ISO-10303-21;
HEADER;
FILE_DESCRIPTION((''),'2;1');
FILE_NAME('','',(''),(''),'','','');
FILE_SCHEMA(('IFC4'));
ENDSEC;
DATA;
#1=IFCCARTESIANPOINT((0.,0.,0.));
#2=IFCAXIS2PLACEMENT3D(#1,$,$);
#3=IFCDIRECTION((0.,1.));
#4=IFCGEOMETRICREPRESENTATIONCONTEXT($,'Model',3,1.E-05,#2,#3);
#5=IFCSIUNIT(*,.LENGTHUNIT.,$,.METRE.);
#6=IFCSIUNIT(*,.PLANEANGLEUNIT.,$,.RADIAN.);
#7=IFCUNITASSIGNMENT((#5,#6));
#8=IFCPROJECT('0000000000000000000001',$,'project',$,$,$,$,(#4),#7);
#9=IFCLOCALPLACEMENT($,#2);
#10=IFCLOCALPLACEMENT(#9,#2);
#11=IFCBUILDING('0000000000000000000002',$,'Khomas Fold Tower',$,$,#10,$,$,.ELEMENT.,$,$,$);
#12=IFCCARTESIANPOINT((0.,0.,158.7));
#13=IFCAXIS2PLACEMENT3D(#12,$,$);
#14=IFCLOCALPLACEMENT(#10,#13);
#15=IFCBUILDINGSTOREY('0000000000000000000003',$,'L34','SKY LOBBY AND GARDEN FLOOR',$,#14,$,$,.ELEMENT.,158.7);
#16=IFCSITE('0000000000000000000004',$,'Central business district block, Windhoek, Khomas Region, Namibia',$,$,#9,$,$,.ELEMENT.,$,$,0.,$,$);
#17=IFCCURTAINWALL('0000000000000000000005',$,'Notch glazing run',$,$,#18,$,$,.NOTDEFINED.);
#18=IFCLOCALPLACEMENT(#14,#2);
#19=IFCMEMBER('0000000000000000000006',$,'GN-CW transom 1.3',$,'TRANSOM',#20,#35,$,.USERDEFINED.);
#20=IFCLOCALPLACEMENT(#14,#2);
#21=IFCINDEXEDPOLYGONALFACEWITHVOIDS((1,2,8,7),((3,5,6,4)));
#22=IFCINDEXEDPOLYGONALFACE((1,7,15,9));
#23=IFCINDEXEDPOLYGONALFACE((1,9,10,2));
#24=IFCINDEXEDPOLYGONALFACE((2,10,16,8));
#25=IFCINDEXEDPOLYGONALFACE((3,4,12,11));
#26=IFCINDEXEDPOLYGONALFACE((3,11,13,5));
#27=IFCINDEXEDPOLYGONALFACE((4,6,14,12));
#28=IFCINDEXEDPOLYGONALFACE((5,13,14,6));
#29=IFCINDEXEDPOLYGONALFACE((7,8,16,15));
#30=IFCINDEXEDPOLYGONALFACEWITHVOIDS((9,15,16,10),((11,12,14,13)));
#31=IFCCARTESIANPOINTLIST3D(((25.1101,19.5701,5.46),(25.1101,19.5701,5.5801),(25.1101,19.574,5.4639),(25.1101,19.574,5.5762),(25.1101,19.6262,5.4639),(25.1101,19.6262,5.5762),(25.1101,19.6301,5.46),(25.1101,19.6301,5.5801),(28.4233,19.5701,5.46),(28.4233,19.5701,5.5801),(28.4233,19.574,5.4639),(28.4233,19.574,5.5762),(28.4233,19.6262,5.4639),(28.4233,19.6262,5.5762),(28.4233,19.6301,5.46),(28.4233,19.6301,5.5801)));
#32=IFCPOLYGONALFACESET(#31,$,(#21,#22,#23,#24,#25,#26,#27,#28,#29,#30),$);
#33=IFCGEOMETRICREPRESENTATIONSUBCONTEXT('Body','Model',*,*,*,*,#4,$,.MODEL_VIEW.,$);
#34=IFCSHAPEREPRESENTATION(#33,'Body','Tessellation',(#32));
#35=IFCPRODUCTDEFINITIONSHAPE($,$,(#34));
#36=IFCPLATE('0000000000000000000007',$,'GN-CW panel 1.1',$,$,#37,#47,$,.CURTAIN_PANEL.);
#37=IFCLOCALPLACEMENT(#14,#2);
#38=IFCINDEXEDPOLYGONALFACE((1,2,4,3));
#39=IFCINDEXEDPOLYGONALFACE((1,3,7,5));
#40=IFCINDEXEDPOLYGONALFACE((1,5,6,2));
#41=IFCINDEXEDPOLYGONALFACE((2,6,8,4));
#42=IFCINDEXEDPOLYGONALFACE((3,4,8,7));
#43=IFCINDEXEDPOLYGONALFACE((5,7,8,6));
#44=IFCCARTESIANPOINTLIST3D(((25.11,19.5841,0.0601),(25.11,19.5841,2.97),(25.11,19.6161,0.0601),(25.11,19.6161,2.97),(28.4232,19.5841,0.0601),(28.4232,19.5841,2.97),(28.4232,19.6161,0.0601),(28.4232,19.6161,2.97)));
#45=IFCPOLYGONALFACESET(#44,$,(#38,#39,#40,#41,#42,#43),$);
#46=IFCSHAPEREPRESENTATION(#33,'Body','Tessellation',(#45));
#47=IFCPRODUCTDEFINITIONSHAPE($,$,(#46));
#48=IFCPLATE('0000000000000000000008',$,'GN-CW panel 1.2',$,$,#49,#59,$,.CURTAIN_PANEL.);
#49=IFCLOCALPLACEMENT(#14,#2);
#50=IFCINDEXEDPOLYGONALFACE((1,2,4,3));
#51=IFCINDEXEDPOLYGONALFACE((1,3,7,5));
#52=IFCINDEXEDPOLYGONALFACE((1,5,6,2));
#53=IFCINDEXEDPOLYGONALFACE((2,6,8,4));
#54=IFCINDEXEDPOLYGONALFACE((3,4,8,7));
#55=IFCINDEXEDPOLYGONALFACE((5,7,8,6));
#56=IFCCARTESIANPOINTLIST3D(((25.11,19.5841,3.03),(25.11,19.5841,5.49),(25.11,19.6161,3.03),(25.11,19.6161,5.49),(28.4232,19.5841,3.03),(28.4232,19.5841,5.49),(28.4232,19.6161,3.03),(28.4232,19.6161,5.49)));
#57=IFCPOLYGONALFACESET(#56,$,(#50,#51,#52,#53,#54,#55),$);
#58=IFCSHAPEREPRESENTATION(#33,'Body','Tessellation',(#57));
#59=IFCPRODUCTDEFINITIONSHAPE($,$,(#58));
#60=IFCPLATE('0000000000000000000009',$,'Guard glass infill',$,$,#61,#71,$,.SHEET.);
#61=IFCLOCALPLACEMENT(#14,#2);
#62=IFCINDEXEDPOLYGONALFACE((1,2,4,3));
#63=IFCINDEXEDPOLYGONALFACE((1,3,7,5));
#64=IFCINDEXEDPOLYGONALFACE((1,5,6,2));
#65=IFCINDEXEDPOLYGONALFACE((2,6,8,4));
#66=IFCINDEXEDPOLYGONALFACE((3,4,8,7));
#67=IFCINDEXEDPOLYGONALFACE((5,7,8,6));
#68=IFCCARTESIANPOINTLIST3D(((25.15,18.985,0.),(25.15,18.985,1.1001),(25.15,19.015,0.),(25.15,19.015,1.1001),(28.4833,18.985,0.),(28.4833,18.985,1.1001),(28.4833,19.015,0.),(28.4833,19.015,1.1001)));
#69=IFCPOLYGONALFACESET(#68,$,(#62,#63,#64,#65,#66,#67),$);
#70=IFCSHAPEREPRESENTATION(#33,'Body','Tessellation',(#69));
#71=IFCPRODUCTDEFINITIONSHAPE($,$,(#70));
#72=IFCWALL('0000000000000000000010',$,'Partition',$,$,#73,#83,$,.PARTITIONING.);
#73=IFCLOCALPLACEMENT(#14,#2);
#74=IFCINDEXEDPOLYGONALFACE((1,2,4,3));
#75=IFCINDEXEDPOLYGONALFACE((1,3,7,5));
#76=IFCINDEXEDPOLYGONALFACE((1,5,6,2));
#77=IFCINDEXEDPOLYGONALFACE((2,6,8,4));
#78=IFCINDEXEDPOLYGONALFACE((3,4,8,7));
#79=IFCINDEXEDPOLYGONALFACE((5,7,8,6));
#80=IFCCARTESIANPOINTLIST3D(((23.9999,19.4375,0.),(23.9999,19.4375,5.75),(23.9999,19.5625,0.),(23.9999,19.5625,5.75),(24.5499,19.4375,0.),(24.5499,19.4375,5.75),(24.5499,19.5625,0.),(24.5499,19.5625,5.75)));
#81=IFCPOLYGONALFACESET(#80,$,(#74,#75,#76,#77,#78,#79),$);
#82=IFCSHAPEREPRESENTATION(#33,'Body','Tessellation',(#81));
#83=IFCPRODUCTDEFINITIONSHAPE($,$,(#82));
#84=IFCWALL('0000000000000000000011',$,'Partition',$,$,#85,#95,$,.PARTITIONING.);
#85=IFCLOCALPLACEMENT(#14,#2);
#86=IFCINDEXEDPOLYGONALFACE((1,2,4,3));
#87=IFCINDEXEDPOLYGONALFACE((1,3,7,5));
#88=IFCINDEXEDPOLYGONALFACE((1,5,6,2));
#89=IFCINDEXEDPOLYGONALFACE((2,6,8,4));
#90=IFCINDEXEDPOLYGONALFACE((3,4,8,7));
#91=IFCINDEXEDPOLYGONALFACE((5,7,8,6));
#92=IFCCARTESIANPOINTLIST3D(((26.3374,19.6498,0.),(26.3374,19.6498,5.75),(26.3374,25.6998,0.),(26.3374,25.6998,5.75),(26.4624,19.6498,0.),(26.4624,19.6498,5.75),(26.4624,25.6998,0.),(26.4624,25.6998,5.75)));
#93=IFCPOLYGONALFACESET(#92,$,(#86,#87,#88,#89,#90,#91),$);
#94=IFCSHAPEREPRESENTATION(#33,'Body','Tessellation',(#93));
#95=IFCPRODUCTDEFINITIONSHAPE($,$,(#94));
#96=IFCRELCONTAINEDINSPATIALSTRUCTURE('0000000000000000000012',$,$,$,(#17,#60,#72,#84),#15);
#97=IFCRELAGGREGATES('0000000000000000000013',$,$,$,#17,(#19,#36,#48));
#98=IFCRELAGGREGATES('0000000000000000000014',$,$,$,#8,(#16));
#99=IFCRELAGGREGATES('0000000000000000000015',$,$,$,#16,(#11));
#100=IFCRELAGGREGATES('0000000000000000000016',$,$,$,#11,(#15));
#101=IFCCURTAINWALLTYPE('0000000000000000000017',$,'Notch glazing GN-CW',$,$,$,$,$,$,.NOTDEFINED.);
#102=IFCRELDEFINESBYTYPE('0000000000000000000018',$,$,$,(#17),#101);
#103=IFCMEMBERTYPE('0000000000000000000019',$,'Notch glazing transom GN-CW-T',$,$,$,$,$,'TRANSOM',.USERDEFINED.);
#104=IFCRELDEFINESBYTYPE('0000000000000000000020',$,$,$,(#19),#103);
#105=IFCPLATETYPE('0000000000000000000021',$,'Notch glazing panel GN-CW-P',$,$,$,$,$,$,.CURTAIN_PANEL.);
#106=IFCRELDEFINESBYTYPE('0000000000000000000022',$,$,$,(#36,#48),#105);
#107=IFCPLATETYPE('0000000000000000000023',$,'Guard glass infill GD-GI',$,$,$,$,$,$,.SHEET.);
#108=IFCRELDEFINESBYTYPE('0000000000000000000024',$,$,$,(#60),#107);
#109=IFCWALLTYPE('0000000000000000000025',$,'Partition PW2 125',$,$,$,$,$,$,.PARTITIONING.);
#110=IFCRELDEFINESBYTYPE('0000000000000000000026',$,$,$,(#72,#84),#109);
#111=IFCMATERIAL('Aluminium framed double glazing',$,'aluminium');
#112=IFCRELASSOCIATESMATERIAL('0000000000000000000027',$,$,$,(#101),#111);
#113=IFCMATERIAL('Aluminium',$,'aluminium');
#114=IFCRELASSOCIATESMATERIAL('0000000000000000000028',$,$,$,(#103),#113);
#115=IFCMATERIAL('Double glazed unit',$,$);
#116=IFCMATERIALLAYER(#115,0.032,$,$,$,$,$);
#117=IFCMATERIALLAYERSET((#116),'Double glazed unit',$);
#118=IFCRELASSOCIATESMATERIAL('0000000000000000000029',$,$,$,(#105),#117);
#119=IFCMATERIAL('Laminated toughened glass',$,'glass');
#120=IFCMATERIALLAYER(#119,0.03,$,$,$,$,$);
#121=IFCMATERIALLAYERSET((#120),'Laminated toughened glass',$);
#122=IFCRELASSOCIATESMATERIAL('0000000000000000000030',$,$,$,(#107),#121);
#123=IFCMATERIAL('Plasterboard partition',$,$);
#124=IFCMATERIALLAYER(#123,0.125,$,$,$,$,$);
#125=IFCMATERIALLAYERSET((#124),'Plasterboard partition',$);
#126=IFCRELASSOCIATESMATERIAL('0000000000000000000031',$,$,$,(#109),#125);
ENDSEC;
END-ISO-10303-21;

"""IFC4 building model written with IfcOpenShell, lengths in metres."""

from ifc_helpers import new_model, si_unit, direction, frame, frame_2d, origin, origin_2d, place, context, subcontext, project, spatial, rectangle, hollow_rectangle, extrude, source, transform, mapped, material, layer, layer_set, material_profile, profile_set, type_object, element, aggregate, save


model = new_model("IFC4")

# Units and contexts
model_context = context("Model", 3, precision=1e-05, world=origin(), true_north=direction((0.0, 1.0)))
body_context = subcontext(model_context, "Body", "Model", "MODEL_VIEW")
ifc_project = project(units=[si_unit("LENGTHUNIT", "METRE"), si_unit("PLANEANGLEUNIT", "RADIAN")], contexts=[model_context])

# Site, building, storey
site_placement = place(None, origin())
site = spatial("IfcSite", under=ifc_project, at=site_placement, Name="Central business district block, Windhoek, Khomas Region, Namibia", CompositionType="ELEMENT", RefElevation=0.0)
building_placement = place(site_placement, origin())
building = spatial("IfcBuilding", under=site, at=building_placement, Name="Khomas Fold Tower", CompositionType="ELEMENT")
storey_placement = place(building_placement, frame((0.0, 0.0, 158.7)))
storey = spatial("IfcBuildingStorey", under=building, at=storey_placement, Name="L34", Description="SKY LOBBY AND GARDEN FLOOR", CompositionType="ELEMENT", Elevation=158.7)

# Curtain wall
ifc_material_1 = material(Name="Aluminium framed double glazing", Category="aluminium")
curtain_wall_type = type_object("IfcCurtainWallType", Name="Notch glazing GN-CW", PredefinedType="NOTDEFINED", material=ifc_material_1)
curtain_wall_1_placement = place(storey_placement, origin())
curtain_wall_1 = element("IfcCurtainWall", 1, at=curtain_wall_1_placement, inside=storey, type_object=curtain_wall_type, Name="Notch glazing run", PredefinedType="NOTDEFINED")

# Member
ifc_material_2 = material(Name="Aluminium", Category="aluminium")
ifc_material_profile_1 = material_profile(ifc_material_2, hollow_rectangle(XDim=0.0601, YDim=0.1201, WallThickness=0.0039, at=origin_2d()), Name="Notch glazing transom GN-CW-T")
ifc_profile_set_1 = profile_set([ifc_material_profile_1], Name="Aluminium")
member_type_1 = type_object("IfcMemberType", Name="Notch glazing transom GN-CW-T", ElementType="TRANSOM", PredefinedType="USERDEFINED", material=ifc_profile_set_1)
shared_shape_1 = source(origin(), body_context, "Body", "SweptSolid", [
    extrude(hollow_rectangle(XDim=0.0601, YDim=0.1201, WallThickness=0.0039, at=origin_2d()), origin(), (0.0, 0.0, 1.0), 3.3132),
])
member_1_placement = place(storey_placement, frame((25.1101, 19.6001, 5.52), z_axis=(1.0, 0.0, 0.0), x_axis=(0.0, 1.0, 0.0)))
member_1 = element("IfcMember", 2, at=member_1_placement, type_object=member_type_1, Name="GN-CW transom 1.3", ObjectType="TRANSOM", PredefinedType="USERDEFINED", context=body_context, shape_type="MappedRepresentation", body=[
    mapped(shared_shape_1, transform((0.0, 0.0, 0.0))),
])

# Plates
ifc_material_3 = material(Name="Double glazed unit")
ifc_layer_1 = layer(ifc_material_3, 0.032)
ifc_layer_set_1 = layer_set([ifc_layer_1], Name="Double glazed unit")
plate_type_1 = type_object("IfcPlateType", Name="Notch glazing panel GN-CW-P", PredefinedType="CURTAIN_PANEL", material=ifc_layer_set_1)
shared_shape_2 = source(origin(), body_context, "Body", "SweptSolid", [
    extrude(rectangle(XDim=3.3132, YDim=0.032, at=origin_2d()), origin(), (0.0, 0.0, 1.0), 2.9099),
])
plate_1_placement = place(storey_placement, frame((26.7666, 19.6001, 0.0601), z_axis=(0.0, 0.0, 1.0), x_axis=(1.0, 0.0, 0.0)))
plate_1 = element("IfcPlate", 3, at=plate_1_placement, type_object=plate_type_1, Name="GN-CW panel 1.1", PredefinedType="CURTAIN_PANEL", context=body_context, shape_type="MappedRepresentation", body=[
    mapped(shared_shape_2, transform((0.0, 0.0, 0.0))),
])
shared_shape_3 = source(origin(), body_context, "Body", "SweptSolid", [
    extrude(rectangle(XDim=3.3132, YDim=0.032, at=origin_2d()), origin(), (0.0, 0.0, 1.0), 2.46),
])
plate_2_placement = place(storey_placement, frame((26.7666, 19.6001, 3.03), z_axis=(0.0, 0.0, 1.0), x_axis=(1.0, 0.0, 0.0)))
plate_2 = element("IfcPlate", 4, at=plate_2_placement, type_object=plate_type_1, Name="GN-CW panel 1.2", PredefinedType="CURTAIN_PANEL", context=body_context, shape_type="MappedRepresentation", body=[
    mapped(shared_shape_3, transform((0.0, 0.0, 0.0))),
])
aggregate(curtain_wall_1, [member_1, plate_1, plate_2])
ifc_material_4 = material(Name="Laminated toughened glass", Category="glass")
ifc_layer_2 = layer(ifc_material_4, 0.03)
ifc_layer_set_2 = layer_set([ifc_layer_2], Name="Laminated toughened glass")
plate_type_2 = type_object("IfcPlateType", Name="Guard glass infill GD-GI", PredefinedType="SHEET", material=ifc_layer_set_2)
shared_shape_4 = source(origin(), body_context, "Body", "SweptSolid", [
    extrude(rectangle(XDim=3.3333, YDim=0.03, at=origin_2d()), origin(), (0.0, 0.0, 1.0), 1.1001),
])
plate_3_placement = place(storey_placement, frame((26.8167, 19.0, 0.0), z_axis=(0.0, 0.0, 1.0), x_axis=(1.0, 0.0, 0.0)))
element("IfcPlate", 5, at=plate_3_placement, inside=storey, type_object=plate_type_2, Name="Guard glass infill", PredefinedType="SHEET", context=body_context, shape_type="MappedRepresentation", body=[
    mapped(shared_shape_4, transform((0.0, 0.0, 0.0))),
])

# Walls
ifc_material_5 = material(Name="Plasterboard partition")
ifc_layer_3 = layer(ifc_material_5, 0.125)
ifc_layer_set_3 = layer_set([ifc_layer_3], Name="Plasterboard partition")
wall_type_1 = type_object("IfcWallType", Name="Partition PW2 125", PredefinedType="PARTITIONING", material=ifc_layer_set_3)
shared_shape_5 = source(origin(), body_context, "Body", "SweptSolid", [
    extrude(rectangle(XDim=0.55, YDim=0.125, at=frame_2d((0.2749, 0.0))), origin(), (0.0, 0.0, 1.0), 5.75),
])
wall_1_placement = place(storey_placement, frame((24.0, 19.5, 0.0), z_axis=(0.0, 0.0, 1.0), x_axis=(1.0, 0.0, 0.0)))
element("IfcWall", 6, at=wall_1_placement, inside=storey, type_object=wall_type_1, Name="Partition", PredefinedType="PARTITIONING", context=body_context, shape_type="MappedRepresentation", body=[
    mapped(shared_shape_5, transform((0.0, 0.0, 0.0))),
])
shared_shape_6 = source(origin(), body_context, "Body", "SweptSolid", [
    extrude(rectangle(XDim=6.05, YDim=0.125, at=frame_2d((3.0249, 0.0))), origin(), (0.0, 0.0, 1.0), 5.75),
])
wall_2_placement = place(storey_placement, frame((26.3999, 19.6499, 0.0), z_axis=(0.0, 0.0, 1.0), x_axis=(0.0, 1.0, 0.0)))
element("IfcWall", 7, at=wall_2_placement, inside=storey, type_object=wall_type_1, Name="Partition", PredefinedType="PARTITIONING", context=body_context, shape_type="MappedRepresentation", body=[
    mapped(shared_shape_6, transform((0.0, 0.0, 0.0))),
])

save(model, "model.ifc")
